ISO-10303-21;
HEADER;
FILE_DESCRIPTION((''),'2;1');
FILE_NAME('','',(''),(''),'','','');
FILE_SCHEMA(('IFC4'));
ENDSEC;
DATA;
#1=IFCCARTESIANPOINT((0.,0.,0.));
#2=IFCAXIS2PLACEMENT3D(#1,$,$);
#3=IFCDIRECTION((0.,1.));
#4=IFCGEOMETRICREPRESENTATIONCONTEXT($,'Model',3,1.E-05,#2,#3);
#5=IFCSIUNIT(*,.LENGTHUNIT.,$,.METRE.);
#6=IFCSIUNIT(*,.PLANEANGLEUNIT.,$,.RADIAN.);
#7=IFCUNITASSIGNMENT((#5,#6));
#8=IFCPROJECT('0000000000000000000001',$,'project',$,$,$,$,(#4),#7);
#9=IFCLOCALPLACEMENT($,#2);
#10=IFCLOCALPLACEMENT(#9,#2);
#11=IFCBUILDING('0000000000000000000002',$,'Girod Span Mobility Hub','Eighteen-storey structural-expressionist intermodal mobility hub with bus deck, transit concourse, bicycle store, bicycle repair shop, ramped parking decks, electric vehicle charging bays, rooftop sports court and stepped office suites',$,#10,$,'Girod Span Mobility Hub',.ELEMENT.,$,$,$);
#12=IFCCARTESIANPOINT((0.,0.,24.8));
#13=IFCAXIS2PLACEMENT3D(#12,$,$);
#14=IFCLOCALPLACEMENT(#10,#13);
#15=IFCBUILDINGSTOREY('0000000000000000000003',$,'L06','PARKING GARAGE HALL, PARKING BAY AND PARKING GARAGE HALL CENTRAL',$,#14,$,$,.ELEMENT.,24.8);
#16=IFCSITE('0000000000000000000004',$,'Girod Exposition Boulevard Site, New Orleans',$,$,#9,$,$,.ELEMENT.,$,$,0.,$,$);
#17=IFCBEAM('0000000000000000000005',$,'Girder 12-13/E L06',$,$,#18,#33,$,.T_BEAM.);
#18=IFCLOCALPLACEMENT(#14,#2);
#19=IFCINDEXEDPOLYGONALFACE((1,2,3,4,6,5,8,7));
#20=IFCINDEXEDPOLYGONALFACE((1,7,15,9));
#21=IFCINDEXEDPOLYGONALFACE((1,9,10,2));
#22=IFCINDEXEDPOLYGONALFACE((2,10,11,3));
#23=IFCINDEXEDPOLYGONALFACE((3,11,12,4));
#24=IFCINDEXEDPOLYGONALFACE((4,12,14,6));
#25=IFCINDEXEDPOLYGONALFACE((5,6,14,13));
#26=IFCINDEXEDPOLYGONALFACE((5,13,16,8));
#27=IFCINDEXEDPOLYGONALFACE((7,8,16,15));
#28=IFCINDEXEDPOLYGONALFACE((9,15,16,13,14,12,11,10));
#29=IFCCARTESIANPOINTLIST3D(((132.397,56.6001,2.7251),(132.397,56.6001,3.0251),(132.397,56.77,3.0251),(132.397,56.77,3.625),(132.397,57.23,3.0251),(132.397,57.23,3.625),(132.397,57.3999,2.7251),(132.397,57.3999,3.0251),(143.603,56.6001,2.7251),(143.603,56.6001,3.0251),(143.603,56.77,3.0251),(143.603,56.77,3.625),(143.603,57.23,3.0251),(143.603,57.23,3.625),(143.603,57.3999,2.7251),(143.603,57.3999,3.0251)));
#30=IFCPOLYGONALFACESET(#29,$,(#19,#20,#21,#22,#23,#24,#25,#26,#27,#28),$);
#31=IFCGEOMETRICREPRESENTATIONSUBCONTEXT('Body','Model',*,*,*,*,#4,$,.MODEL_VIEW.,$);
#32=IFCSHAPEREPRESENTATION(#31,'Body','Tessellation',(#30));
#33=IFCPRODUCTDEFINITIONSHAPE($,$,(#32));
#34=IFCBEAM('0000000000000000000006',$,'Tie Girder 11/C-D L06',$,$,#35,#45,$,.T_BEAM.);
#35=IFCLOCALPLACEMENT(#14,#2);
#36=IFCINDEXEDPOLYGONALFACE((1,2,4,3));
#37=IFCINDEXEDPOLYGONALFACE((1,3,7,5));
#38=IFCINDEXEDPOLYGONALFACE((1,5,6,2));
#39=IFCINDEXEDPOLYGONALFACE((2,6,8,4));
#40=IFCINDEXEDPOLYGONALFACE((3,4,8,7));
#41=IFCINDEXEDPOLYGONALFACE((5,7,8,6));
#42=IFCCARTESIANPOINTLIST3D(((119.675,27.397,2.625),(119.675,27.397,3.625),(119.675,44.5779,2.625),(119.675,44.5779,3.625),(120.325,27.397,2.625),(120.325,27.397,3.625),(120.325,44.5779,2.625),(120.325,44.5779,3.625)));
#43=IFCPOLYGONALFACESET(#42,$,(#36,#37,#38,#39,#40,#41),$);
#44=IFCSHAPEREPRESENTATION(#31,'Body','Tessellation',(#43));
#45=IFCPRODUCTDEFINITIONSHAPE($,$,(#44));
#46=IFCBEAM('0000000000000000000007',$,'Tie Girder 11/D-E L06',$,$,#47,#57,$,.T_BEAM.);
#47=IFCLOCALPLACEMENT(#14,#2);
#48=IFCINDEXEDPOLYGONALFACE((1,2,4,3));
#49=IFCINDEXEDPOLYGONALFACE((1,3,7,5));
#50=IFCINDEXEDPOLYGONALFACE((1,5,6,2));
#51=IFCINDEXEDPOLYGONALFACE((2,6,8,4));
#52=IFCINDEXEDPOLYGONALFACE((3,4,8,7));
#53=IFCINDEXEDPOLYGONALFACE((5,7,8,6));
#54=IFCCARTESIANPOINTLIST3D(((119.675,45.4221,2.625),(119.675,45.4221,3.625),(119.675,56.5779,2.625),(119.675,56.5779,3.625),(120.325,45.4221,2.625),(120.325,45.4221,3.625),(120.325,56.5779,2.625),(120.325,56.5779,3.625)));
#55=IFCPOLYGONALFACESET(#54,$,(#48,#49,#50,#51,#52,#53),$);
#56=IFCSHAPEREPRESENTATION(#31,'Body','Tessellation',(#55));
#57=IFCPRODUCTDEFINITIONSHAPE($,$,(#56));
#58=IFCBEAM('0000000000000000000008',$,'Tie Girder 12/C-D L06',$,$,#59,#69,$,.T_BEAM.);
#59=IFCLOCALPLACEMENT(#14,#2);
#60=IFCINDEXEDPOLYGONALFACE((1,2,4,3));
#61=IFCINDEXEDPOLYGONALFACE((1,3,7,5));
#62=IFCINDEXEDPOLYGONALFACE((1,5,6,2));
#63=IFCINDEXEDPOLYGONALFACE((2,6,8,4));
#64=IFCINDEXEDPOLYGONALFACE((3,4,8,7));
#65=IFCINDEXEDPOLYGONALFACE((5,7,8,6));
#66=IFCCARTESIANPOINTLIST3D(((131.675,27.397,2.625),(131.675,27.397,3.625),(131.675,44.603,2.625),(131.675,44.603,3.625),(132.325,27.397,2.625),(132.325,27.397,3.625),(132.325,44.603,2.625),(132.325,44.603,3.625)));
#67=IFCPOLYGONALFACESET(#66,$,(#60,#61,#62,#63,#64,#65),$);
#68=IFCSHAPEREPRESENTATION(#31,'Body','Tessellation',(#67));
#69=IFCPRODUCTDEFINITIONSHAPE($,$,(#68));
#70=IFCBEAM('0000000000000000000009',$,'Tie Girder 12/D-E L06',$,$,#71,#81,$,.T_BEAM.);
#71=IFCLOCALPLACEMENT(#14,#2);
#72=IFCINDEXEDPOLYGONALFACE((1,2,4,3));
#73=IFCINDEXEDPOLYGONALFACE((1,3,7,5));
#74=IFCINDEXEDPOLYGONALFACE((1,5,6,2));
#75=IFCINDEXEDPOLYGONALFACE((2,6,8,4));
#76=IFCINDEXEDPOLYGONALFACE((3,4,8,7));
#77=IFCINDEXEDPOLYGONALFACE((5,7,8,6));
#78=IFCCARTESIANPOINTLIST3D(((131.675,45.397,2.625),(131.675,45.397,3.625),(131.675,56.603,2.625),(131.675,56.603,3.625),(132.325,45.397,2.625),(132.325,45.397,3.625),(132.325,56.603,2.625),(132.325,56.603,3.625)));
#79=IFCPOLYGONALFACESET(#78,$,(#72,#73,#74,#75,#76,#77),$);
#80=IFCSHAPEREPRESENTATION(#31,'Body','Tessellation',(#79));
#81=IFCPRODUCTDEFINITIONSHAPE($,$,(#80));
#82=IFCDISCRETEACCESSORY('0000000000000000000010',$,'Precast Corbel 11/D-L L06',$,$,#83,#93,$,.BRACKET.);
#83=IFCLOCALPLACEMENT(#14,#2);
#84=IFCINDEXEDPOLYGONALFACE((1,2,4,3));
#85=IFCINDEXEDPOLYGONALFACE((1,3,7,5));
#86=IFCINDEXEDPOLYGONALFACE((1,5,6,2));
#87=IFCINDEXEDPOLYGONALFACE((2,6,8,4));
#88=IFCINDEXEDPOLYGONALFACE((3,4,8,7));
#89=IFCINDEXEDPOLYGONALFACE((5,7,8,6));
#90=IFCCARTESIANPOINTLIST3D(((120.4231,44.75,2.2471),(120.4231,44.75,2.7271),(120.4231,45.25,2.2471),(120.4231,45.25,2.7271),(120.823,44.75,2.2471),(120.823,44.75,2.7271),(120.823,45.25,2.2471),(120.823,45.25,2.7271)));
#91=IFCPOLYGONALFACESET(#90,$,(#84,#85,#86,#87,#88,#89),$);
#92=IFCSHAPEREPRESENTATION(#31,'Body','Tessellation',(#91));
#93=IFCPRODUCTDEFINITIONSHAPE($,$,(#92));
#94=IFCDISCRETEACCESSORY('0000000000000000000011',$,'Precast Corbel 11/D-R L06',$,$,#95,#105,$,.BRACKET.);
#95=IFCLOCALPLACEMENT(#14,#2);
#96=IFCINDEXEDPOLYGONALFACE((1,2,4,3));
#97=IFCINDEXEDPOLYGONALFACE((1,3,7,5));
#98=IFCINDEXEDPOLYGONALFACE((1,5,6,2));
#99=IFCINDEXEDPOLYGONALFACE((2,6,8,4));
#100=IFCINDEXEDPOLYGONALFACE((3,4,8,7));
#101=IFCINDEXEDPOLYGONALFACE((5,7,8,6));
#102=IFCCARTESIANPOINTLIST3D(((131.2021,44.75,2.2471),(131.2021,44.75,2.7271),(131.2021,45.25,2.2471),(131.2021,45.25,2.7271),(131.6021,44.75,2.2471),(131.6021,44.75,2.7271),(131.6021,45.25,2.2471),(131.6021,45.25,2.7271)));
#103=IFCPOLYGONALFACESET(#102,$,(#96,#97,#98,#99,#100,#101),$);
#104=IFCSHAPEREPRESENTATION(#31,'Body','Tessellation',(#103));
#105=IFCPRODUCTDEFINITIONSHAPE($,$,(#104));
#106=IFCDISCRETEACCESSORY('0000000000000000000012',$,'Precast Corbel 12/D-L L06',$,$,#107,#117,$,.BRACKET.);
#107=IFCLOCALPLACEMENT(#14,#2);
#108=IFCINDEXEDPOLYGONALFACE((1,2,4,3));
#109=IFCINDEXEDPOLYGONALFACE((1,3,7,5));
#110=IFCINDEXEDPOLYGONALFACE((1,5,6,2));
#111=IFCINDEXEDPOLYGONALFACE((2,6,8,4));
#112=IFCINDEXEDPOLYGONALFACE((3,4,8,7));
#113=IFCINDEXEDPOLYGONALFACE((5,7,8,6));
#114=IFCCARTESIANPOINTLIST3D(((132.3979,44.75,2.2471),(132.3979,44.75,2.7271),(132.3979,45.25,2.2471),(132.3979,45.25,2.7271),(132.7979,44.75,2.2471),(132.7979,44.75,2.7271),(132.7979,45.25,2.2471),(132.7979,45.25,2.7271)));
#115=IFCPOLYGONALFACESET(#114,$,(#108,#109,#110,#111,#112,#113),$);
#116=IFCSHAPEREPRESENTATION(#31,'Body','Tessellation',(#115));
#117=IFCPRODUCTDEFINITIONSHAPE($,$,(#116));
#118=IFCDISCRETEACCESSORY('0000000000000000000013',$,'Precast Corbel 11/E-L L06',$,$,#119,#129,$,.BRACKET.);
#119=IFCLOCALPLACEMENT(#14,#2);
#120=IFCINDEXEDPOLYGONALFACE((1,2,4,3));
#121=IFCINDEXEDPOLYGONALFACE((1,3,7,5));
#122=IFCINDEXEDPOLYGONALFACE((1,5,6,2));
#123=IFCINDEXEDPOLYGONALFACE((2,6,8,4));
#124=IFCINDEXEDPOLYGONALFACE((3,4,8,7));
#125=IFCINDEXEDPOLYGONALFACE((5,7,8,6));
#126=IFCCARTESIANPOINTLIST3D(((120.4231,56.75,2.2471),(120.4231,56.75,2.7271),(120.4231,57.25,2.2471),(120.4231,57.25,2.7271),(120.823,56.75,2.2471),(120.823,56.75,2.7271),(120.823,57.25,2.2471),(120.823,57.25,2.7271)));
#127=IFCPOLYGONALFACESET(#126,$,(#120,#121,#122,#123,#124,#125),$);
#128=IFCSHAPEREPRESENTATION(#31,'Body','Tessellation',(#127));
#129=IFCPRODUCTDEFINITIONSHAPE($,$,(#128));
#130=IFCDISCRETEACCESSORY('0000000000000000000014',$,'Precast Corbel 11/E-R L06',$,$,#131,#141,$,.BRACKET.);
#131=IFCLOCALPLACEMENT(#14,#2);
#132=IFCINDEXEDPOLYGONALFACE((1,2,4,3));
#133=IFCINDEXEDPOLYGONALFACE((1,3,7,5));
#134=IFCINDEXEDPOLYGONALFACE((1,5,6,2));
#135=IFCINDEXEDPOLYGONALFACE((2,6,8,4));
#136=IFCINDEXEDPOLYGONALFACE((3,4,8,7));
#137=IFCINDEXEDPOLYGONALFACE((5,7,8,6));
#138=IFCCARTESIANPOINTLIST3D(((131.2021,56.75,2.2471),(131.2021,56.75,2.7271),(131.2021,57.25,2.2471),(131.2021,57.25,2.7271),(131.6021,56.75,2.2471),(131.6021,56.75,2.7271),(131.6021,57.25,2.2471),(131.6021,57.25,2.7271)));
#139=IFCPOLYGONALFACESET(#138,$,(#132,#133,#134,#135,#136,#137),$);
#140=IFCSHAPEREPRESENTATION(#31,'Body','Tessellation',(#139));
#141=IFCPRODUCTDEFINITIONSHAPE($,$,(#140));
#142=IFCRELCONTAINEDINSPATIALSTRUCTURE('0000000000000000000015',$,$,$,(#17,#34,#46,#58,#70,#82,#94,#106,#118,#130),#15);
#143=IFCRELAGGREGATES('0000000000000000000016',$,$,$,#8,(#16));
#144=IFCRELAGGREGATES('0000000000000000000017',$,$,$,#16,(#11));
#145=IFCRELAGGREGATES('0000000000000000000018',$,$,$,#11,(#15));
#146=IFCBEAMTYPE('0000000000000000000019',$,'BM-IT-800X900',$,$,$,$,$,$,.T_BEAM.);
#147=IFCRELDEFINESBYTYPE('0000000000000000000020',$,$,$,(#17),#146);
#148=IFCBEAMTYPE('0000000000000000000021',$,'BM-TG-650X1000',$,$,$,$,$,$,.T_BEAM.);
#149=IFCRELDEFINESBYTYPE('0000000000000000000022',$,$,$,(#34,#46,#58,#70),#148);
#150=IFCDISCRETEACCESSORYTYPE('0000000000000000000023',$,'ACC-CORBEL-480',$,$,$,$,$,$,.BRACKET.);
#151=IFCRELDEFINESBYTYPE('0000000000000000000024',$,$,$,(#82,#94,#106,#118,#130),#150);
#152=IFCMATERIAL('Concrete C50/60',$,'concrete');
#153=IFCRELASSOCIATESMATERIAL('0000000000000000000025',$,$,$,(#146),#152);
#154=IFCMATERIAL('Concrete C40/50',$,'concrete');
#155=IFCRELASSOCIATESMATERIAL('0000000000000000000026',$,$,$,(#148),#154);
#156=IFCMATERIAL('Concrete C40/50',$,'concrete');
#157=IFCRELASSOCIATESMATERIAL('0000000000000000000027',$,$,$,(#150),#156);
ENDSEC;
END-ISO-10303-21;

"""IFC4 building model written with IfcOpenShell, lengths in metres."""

from ifc_helpers import new_model, si_unit, direction, frame, origin, origin_2d, place, context, subcontext, project, spatial, polyline, rectangle, outline, extrude, material, material_profile, profile_set, type_object, element, save


model = new_model("IFC4")

# Units and contexts
model_context = context("Model", 3, precision=1e-05, world=origin(), true_north=direction((0.0, 1.0)))
body_context = subcontext(model_context, "Body", "Model", "MODEL_VIEW")
ifc_project = project(units=[si_unit("LENGTHUNIT", "METRE"), si_unit("PLANEANGLEUNIT", "RADIAN")], contexts=[model_context])

# Site, building, storey
site_placement = place(None, origin())
site = spatial("IfcSite", under=ifc_project, at=site_placement, Name="Girod Exposition Boulevard Site, New Orleans", CompositionType="ELEMENT", RefElevation=0.0)
building_placement = place(site_placement, origin())
building = spatial("IfcBuilding", under=site, at=building_placement, Name="Girod Span Mobility Hub", Description="Eighteen-storey structural-expressionist intermodal mobility hub with bus deck, transit concourse, bicycle store, bicycle repair shop, ramped parking decks, electric vehicle charging bays, rooftop sports court and stepped office suites", LongName="Girod Span Mobility Hub", CompositionType="ELEMENT")
storey_placement = place(building_placement, frame((0.0, 0.0, 24.8)))
storey = spatial("IfcBuildingStorey", under=building, at=storey_placement, Name="L06", Description="PARKING GARAGE HALL, PARKING BAY AND PARKING GARAGE HALL CENTRAL", CompositionType="ELEMENT", Elevation=24.8)

# Beams
ifc_material_1 = material(Name="Concrete C50/60", Category="concrete")
ifc_material_profile_1 = material_profile(ifc_material_1, outline(polyline([(-0.3999, -0.45), (0.3999, -0.45), (0.3999, -0.1499), (0.23, -0.1499), (0.23, 0.45), (-0.23, 0.45), (-0.23, -0.1499), (-0.3999, -0.1499), (-0.3999, -0.45)])), Name="IT-800X900")
ifc_profile_set_1 = profile_set([ifc_material_profile_1], Name="Concrete C50/60")
beam_type_1 = type_object("IfcBeamType", Name="BM-IT-800X900", PredefinedType="T_BEAM", material=ifc_profile_set_1)
beam_1_placement = place(storey_placement, frame((132.397, 57.0, 3.175), z_axis=(1.0, 0.0, 0.0), x_axis=(0.0, 1.0, 0.0)))
element("IfcBeam", 1, at=beam_1_placement, inside=storey, type_object=beam_type_1, Name="Girder 12-13/E L06", PredefinedType="T_BEAM", context=body_context, shape_type="SweptSolid", body=[
    extrude(outline(polyline([(-0.3999, -0.45), (0.3999, -0.45), (0.3999, -0.1499), (0.23, -0.1499), (0.23, 0.45), (-0.23, 0.45), (-0.23, -0.1499), (-0.3999, -0.1499), (-0.3999, -0.45)])), origin(), (0.0, 0.0, 1.0), 11.2061),
])
ifc_material_2 = material(Name="Concrete C40/50", Category="concrete")
ifc_material_profile_2 = material_profile(ifc_material_2, rectangle(XDim=0.6499, YDim=1.0, at=origin_2d()), Name="TG-650X1000")
ifc_profile_set_2 = profile_set([ifc_material_profile_2], Name="Concrete C40/50")
beam_type_2 = type_object("IfcBeamType", Name="BM-TG-650X1000", PredefinedType="T_BEAM", material=ifc_profile_set_2)
beam_2_placement = place(storey_placement, frame((120.0, 27.397, 3.125), z_axis=(0.0, 1.0, 0.0), x_axis=(-1.0, 0.0, 0.0)))
element("IfcBeam", 2, at=beam_2_placement, inside=storey, type_object=beam_type_2, Name="Tie Girder 11/C-D L06", PredefinedType="T_BEAM", context=body_context, shape_type="SweptSolid", body=[
    extrude(rectangle(XDim=0.6499, YDim=1.0, at=origin_2d()), origin(), (0.0, 0.0, 1.0), 17.1809),
])
beam_3_placement = place(storey_placement, frame((120.0, 45.4221, 3.125), z_axis=(0.0, 1.0, 0.0), x_axis=(-1.0, 0.0, 0.0)))
element("IfcBeam", 3, at=beam_3_placement, inside=storey, type_object=beam_type_2, Name="Tie Girder 11/D-E L06", PredefinedType="T_BEAM", context=body_context, shape_type="SweptSolid", body=[
    extrude(rectangle(XDim=0.6499, YDim=1.0, at=origin_2d()), origin(), (0.0, 0.0, 1.0), 11.1558),
])
beam_4_placement = place(storey_placement, frame((132.0, 27.397, 3.125), z_axis=(0.0, 1.0, 0.0), x_axis=(-1.0, 0.0, 0.0)))
element("IfcBeam", 4, at=beam_4_placement, inside=storey, type_object=beam_type_2, Name="Tie Girder 12/C-D L06", PredefinedType="T_BEAM", context=body_context, shape_type="SweptSolid", body=[
    extrude(rectangle(XDim=0.6499, YDim=1.0, at=origin_2d()), origin(), (0.0, 0.0, 1.0), 17.2061),
])
beam_5_placement = place(storey_placement, frame((132.0, 45.397, 3.125), z_axis=(0.0, 1.0, 0.0), x_axis=(-1.0, 0.0, 0.0)))
element("IfcBeam", 5, at=beam_5_placement, inside=storey, type_object=beam_type_2, Name="Tie Girder 12/D-E L06", PredefinedType="T_BEAM", context=body_context, shape_type="SweptSolid", body=[
    extrude(rectangle(XDim=0.6499, YDim=1.0, at=origin_2d()), origin(), (0.0, 0.0, 1.0), 11.2061),
])

# Discrete accessories
ifc_material_3 = material(Name="Concrete C40/50", Category="concrete")
discrete_accessory_type = type_object("IfcDiscreteAccessoryType", Name="ACC-CORBEL-480", PredefinedType="BRACKET", material=ifc_material_3)
for number, where, z_axis, x_axis, name in (
    (6, (120.623, 45.0, 2.2471), (0.0, 0.0, 1.0), (1.0, 0.0, 0.0), "Precast Corbel 11/D-L L06"),
    (7, (131.4021, 45.0, 2.2471), (0.0, 0.0, 1.0), (1.0, 0.0, 0.0), "Precast Corbel 11/D-R L06"),
    (8, (132.5979, 45.0, 2.2471), (0.0, 0.0, 1.0), (1.0, 0.0, 0.0), "Precast Corbel 12/D-L L06"),
    (9, (120.623, 57.0, 2.2471), (0.0, 0.0, 1.0), (1.0, 0.0, 0.0), "Precast Corbel 11/E-L L06"),
    (10, (131.4021, 57.0, 2.2471), (0.0, 0.0, 1.0), (1.0, 0.0, 0.0), "Precast Corbel 11/E-R L06"),
):
    element("IfcDiscreteAccessory", number, at=place(storey_placement, frame(where, z_axis=z_axis, x_axis=x_axis)), inside=storey, type_object=discrete_accessory_type, Name=name, PredefinedType="BRACKET", context=body_context, shape_type="SweptSolid", body=[
        extrude(rectangle(XDim=0.3999, YDim=0.5, at=origin_2d()), origin(), (0.0, 0.0, 1.0), 0.48),
    ])

save(model, "model.ifc")
